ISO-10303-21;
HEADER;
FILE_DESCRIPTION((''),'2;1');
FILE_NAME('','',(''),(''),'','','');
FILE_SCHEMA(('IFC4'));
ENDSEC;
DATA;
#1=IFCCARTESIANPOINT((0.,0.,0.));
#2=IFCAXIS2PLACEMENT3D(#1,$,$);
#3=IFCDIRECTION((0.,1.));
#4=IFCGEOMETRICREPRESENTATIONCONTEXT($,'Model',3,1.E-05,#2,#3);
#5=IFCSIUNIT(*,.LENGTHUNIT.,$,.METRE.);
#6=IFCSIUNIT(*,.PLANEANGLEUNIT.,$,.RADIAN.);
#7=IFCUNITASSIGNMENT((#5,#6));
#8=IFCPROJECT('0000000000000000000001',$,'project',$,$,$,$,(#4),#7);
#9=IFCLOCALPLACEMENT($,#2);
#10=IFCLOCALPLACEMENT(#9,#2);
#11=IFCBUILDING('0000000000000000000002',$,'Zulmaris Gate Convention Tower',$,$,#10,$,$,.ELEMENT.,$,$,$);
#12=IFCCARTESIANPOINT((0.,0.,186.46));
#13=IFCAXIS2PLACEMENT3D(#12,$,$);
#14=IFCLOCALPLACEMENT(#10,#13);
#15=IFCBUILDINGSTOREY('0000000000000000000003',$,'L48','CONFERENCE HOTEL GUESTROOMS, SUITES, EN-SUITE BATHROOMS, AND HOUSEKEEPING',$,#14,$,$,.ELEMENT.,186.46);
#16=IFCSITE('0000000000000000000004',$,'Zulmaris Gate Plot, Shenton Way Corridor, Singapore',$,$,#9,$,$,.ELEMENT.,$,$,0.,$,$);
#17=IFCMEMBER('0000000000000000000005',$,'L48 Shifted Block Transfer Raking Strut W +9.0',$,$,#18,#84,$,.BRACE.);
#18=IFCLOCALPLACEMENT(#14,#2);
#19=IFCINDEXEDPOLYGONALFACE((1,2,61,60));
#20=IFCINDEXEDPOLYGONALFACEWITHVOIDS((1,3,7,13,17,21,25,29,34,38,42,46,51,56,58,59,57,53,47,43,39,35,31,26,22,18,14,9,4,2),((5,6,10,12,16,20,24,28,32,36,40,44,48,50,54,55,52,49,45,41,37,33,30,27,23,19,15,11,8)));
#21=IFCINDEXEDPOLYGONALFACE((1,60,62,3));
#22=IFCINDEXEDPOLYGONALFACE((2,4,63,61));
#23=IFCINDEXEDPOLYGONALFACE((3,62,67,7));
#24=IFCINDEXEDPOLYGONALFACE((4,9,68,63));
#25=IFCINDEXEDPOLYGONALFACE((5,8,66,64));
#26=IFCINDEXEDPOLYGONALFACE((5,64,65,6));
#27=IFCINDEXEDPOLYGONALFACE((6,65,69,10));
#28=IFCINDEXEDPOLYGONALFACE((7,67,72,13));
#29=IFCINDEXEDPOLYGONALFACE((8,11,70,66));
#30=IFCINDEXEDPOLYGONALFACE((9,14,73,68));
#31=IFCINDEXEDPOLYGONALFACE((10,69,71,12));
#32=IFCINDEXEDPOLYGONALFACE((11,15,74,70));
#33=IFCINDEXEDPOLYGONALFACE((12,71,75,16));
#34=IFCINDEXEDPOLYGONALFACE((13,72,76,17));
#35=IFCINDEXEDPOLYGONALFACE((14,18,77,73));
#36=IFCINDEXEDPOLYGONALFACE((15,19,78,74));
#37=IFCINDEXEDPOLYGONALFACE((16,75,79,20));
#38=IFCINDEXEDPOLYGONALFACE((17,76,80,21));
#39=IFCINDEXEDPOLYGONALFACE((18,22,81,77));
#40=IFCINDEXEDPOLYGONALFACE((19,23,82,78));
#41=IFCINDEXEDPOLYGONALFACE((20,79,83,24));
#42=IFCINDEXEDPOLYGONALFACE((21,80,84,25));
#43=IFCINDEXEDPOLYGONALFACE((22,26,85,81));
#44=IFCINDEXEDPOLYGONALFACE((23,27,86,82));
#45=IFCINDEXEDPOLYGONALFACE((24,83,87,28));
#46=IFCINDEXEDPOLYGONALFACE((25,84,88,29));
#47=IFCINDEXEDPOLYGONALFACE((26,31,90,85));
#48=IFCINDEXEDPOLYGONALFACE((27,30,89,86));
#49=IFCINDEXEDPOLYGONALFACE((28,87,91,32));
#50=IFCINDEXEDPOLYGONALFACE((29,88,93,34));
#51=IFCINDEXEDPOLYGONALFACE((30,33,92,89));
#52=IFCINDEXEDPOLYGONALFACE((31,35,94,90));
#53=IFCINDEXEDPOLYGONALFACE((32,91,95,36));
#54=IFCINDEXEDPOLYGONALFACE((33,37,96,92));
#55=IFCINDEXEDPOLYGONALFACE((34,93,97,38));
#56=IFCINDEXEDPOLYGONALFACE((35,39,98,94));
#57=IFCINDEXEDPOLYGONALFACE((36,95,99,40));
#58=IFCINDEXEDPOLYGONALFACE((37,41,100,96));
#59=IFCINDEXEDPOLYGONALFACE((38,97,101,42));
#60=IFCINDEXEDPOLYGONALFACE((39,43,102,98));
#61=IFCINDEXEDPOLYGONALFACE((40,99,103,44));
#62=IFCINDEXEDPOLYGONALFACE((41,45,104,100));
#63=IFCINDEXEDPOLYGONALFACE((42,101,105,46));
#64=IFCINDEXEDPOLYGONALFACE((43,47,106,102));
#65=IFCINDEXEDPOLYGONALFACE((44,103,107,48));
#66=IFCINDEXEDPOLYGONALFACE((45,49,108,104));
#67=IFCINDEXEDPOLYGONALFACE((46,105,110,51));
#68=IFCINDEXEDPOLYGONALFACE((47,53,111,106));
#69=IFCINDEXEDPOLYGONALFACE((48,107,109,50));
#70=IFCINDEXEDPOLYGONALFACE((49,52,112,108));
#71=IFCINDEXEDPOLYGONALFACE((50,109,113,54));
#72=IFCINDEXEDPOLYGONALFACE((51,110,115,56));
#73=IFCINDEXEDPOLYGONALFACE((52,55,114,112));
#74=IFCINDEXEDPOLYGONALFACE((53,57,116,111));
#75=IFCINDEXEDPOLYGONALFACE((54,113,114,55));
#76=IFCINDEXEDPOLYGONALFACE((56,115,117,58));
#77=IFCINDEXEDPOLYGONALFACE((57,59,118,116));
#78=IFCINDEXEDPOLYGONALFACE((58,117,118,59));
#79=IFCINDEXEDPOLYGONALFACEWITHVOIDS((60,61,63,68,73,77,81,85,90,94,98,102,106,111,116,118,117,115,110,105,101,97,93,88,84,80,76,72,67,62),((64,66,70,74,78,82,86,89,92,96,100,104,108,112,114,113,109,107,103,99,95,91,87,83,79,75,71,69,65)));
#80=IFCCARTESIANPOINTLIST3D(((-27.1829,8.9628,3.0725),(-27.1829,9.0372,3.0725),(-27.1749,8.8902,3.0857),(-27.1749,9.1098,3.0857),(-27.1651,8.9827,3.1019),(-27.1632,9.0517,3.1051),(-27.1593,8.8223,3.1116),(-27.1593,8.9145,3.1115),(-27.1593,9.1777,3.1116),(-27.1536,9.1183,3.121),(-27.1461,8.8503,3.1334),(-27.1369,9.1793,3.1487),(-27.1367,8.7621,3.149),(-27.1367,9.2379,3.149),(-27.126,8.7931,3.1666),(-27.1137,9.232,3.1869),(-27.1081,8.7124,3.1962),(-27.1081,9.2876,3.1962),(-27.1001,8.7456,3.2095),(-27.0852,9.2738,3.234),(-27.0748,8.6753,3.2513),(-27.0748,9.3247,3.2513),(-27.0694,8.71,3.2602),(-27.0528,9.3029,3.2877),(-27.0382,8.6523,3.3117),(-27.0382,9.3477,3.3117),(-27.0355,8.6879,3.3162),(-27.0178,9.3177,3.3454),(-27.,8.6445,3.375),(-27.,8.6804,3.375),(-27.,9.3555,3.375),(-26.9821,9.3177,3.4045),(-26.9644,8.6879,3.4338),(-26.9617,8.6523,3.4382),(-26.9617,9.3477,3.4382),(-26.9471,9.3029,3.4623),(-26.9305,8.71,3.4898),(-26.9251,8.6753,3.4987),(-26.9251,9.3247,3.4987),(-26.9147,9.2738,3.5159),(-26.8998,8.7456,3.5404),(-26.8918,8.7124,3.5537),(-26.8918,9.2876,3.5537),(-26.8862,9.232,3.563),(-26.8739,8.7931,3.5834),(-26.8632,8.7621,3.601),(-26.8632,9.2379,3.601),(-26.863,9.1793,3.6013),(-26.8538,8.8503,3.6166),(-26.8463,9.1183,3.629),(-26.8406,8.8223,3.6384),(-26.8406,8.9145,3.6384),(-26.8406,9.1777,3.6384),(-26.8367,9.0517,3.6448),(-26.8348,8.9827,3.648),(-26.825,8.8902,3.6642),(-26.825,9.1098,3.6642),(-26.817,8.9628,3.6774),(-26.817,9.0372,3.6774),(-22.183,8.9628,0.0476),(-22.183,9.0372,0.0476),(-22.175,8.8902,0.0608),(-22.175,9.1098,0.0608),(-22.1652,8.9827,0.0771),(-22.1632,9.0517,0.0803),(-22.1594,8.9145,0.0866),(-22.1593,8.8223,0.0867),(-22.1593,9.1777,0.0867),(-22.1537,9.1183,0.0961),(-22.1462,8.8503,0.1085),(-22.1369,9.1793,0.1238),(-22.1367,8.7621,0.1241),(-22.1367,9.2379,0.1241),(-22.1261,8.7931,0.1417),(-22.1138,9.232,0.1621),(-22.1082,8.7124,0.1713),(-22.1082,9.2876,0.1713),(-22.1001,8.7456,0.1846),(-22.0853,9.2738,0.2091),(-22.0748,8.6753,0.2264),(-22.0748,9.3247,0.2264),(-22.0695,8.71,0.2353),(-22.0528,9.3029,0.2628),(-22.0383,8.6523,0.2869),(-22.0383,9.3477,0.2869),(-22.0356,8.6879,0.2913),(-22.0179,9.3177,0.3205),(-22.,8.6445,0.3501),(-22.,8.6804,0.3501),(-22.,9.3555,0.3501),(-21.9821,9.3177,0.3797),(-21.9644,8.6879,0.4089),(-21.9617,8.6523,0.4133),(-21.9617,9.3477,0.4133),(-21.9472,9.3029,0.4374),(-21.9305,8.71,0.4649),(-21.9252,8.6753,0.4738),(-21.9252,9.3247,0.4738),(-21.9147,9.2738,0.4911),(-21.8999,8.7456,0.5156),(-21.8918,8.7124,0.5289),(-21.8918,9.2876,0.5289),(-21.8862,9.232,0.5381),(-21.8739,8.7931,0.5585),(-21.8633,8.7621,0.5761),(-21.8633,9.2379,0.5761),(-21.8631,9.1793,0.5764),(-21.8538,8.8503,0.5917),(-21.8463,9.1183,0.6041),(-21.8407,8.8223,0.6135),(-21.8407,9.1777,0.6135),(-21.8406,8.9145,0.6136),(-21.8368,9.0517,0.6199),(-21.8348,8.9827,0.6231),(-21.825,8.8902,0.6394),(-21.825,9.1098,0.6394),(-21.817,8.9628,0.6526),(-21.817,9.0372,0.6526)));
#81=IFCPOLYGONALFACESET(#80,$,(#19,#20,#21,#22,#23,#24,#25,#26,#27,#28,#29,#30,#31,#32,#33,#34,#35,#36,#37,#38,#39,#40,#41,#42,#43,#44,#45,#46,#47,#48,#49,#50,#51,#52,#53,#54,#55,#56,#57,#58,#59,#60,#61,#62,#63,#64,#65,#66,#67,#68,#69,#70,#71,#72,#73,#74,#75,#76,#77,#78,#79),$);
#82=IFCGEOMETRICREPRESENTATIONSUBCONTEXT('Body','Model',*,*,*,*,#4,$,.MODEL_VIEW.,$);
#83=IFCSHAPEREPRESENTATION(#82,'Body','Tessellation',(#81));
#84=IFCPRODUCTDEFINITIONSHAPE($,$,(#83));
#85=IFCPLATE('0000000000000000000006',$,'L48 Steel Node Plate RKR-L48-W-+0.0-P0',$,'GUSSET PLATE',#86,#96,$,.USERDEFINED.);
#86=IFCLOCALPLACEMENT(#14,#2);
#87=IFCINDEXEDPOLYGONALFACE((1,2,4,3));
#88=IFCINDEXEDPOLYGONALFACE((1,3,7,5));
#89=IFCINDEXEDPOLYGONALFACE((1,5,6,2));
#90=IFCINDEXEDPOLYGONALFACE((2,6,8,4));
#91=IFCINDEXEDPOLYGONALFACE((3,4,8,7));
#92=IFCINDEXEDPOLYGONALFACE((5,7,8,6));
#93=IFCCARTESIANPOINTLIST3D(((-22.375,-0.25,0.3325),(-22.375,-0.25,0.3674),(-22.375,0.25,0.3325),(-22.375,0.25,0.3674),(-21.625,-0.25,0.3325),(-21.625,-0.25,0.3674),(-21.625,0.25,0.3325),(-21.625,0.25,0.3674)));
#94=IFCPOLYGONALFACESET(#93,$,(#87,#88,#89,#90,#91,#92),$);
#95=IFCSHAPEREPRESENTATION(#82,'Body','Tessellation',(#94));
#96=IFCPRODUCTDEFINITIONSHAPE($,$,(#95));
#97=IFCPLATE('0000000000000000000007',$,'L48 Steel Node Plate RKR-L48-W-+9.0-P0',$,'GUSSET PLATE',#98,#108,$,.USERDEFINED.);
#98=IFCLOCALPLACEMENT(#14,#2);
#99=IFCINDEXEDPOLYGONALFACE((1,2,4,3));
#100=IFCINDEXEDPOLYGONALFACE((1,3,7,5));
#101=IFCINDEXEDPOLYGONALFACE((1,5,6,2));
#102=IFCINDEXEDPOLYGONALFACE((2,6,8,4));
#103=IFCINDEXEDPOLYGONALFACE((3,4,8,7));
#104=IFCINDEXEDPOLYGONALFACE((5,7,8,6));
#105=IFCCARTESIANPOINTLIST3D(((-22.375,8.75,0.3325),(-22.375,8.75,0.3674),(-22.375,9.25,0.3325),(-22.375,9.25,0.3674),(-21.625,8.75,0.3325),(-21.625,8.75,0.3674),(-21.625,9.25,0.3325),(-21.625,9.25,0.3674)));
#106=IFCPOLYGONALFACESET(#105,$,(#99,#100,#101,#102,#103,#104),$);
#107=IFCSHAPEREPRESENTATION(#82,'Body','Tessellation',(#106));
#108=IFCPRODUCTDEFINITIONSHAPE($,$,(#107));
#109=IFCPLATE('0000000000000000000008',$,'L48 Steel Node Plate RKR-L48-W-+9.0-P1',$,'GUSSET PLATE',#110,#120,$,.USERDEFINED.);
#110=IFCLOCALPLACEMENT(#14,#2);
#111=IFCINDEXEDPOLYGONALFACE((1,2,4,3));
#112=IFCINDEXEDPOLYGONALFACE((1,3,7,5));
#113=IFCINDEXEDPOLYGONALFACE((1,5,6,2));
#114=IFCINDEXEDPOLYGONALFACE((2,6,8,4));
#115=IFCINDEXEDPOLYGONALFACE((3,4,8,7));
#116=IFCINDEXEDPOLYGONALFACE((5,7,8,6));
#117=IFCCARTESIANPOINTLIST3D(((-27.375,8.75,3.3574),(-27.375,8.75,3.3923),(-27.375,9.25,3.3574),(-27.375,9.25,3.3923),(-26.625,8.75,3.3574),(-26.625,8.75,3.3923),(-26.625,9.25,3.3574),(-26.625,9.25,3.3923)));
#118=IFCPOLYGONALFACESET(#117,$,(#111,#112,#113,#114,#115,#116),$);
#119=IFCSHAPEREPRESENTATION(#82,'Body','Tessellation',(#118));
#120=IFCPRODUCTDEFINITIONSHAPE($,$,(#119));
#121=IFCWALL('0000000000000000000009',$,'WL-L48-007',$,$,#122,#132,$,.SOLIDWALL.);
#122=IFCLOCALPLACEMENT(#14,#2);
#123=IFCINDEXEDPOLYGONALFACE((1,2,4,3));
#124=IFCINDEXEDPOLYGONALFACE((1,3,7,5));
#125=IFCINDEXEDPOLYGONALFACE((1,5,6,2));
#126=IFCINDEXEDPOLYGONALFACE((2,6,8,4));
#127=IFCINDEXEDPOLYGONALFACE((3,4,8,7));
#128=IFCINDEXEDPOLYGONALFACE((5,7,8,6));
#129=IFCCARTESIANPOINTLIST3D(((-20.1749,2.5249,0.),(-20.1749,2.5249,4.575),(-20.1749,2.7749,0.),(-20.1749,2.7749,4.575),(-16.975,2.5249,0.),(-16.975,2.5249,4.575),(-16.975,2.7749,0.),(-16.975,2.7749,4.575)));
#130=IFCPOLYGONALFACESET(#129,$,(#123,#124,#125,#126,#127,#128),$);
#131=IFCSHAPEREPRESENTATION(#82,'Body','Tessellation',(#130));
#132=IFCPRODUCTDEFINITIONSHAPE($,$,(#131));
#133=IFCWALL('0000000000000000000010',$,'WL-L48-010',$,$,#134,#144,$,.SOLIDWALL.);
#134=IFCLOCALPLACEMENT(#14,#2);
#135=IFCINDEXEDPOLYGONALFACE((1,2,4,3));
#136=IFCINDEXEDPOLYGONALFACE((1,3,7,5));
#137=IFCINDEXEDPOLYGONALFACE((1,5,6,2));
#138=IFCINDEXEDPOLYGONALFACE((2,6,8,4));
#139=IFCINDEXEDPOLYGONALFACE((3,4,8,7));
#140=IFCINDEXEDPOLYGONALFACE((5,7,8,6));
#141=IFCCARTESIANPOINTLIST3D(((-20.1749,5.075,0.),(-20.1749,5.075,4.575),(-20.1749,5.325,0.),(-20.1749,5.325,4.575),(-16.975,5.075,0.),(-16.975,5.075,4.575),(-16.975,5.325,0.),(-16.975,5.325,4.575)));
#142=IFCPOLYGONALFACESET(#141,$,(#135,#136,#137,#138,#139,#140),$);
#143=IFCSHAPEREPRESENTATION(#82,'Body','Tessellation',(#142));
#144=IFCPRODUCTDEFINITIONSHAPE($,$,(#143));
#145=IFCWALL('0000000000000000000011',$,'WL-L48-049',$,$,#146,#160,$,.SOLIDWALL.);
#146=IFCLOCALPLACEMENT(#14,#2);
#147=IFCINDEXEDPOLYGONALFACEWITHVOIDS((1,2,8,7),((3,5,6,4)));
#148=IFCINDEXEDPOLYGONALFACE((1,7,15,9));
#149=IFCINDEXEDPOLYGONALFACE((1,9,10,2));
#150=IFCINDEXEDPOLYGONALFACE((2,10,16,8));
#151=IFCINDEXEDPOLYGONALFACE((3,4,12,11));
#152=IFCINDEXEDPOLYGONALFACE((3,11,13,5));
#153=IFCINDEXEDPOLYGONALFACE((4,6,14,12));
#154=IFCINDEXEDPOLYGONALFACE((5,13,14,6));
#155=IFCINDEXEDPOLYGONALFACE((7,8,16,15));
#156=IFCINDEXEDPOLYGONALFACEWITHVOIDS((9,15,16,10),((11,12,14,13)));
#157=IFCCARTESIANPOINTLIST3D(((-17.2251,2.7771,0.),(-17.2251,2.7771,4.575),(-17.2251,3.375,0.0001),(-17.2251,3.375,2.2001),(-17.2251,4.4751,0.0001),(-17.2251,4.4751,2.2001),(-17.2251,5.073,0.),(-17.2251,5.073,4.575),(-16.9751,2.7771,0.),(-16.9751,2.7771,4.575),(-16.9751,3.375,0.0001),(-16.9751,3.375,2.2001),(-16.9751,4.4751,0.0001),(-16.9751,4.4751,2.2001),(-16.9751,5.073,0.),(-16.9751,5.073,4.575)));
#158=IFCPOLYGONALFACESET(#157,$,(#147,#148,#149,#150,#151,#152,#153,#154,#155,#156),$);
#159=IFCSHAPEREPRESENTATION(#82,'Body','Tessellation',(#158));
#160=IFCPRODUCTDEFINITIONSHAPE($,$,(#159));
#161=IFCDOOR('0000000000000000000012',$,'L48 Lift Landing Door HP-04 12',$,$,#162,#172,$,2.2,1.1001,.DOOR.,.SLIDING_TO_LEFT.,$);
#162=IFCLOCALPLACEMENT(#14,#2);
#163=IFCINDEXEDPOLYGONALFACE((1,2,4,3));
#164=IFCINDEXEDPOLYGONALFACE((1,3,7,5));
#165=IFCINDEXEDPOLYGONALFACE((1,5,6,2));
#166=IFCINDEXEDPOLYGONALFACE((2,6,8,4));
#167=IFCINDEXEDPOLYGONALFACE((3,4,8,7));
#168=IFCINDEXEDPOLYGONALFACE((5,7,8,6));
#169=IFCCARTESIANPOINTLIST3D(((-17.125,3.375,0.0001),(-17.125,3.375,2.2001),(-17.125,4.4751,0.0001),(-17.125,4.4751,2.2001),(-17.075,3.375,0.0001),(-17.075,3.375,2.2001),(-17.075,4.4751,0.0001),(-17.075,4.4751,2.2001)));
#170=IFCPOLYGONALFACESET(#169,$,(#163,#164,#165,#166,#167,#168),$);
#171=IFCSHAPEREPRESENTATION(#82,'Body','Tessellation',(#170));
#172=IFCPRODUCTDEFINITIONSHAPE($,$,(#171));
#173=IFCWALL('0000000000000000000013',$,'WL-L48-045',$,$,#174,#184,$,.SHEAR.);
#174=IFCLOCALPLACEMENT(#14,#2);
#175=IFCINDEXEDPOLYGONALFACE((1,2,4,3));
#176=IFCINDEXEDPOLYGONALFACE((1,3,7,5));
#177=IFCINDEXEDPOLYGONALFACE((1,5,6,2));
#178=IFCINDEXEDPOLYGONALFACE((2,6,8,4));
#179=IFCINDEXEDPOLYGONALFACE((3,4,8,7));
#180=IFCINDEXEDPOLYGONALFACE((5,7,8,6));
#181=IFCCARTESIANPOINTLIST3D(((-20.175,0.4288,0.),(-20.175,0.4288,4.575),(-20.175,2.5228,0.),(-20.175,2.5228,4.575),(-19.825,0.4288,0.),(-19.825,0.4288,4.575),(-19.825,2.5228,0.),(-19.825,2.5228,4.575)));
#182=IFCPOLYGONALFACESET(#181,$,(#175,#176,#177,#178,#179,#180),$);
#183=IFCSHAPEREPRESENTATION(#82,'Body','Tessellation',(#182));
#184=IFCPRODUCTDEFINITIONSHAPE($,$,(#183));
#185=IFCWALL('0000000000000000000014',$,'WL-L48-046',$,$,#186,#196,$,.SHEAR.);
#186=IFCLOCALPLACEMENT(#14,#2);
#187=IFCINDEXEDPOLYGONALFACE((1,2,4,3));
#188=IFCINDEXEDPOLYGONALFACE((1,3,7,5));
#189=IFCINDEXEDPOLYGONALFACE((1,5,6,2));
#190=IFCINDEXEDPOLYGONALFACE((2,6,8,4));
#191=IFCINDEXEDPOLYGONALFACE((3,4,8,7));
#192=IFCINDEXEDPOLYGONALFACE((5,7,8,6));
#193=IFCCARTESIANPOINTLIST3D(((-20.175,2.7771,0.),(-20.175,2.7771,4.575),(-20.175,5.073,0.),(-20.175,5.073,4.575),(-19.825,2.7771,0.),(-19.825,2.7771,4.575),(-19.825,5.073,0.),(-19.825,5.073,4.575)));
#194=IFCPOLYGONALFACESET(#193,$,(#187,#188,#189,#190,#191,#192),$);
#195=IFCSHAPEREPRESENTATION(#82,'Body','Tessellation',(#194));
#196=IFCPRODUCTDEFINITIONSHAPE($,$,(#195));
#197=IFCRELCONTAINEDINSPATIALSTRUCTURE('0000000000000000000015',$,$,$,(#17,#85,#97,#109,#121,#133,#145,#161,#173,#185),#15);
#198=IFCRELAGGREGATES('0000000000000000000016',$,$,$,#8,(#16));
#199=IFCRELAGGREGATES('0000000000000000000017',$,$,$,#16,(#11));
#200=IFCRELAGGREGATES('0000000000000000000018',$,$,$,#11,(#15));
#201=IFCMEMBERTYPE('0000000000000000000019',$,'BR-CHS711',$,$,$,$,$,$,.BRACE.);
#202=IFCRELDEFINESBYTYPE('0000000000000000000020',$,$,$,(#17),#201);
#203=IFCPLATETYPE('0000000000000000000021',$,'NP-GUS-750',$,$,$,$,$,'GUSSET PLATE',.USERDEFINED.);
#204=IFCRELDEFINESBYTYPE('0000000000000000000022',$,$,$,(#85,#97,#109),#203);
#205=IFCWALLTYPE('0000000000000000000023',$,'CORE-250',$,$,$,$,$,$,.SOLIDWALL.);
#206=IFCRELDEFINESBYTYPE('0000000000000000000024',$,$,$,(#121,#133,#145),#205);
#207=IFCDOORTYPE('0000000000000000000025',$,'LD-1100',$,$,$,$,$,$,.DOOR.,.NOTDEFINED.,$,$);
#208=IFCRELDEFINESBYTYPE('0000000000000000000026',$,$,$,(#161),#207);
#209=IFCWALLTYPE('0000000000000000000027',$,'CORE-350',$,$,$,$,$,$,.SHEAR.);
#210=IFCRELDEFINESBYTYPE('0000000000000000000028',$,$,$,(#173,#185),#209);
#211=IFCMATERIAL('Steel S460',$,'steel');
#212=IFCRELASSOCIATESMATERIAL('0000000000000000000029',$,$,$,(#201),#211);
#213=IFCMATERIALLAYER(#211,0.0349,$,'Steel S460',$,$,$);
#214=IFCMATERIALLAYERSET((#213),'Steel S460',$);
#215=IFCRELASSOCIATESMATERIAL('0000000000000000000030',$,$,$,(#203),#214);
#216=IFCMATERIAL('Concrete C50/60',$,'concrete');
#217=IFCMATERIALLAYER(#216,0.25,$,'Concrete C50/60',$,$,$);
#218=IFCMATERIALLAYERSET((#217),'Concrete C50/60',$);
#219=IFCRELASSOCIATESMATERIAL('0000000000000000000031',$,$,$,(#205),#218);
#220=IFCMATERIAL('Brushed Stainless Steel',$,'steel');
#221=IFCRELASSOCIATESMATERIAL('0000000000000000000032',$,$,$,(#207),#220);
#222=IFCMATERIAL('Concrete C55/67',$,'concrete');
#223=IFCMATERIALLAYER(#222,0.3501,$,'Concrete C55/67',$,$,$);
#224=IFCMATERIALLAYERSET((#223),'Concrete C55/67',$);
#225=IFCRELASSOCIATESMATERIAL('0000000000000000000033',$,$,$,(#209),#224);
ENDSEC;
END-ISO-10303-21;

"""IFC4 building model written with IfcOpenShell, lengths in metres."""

from ifc_helpers import new_model, si_unit, direction, frame, frame_2d, origin, origin_2d, place, context, subcontext, project, spatial, rectangle, hollow_circle, extrude, material, layer, layer_set, material_profile, profile_set, type_object, element, fill, save


model = new_model("IFC4")

# Units and contexts
model_context = context("Model", 3, precision=1e-05, world=origin(), true_north=direction((0.0, 1.0)))
body_context = subcontext(model_context, "Body", "Model", "MODEL_VIEW")
ifc_project = project(units=[si_unit("LENGTHUNIT", "METRE"), si_unit("PLANEANGLEUNIT", "RADIAN")], contexts=[model_context])

# Site, building, storey
site_placement = place(None, origin())
site = spatial("IfcSite", under=ifc_project, at=site_placement, Name="Zulmaris Gate Plot, Shenton Way Corridor, Singapore", CompositionType="ELEMENT", RefElevation=0.0)
building_placement = place(site_placement, origin())
building = spatial("IfcBuilding", under=site, at=building_placement, Name="Zulmaris Gate Convention Tower", CompositionType="ELEMENT")
storey_placement = place(building_placement, frame((0.0, 0.0, 186.46)))
storey = spatial("IfcBuildingStorey", under=building, at=storey_placement, Name="L48", Description="CONFERENCE HOTEL GUESTROOMS, SUITES, EN-SUITE BATHROOMS, AND HOUSEKEEPING", CompositionType="ELEMENT", Elevation=186.46)

# Shared definitions
ifc_material_1 = material(Name="Concrete C50/60", Category="concrete")

# Member
ifc_material_2 = material(Name="Steel S460", Category="steel")
ifc_material_profile_1 = material_profile(ifc_material_2, hollow_circle(Radius=0.3555, WallThickness=0.0359, at=origin_2d()), Name="CHS 711x36")
ifc_profile_set_1 = profile_set([ifc_material_profile_1], Name="Steel S460")
member_type = type_object("IfcMemberType", Name="BR-CHS711", PredefinedType="BRACE", material=ifc_profile_set_1)
for number, where, z_axis, x_axis, name in (
    (1, (-22.0, 9.0, 0.3501), (-0.855607, 0.0, 0.517626), (0.0, -1.0, 0.0), "L48 Shifted Block Transfer Raking Strut W +9.0"),
):
    element("IfcMember", number, at=place(storey_placement, frame(where, z_axis=z_axis, x_axis=x_axis)), inside=storey, type_object=member_type, Name=name, PredefinedType="BRACE", context=body_context, shape_type="SweptSolid", body=[
        extrude(hollow_circle(Radius=0.3555, WallThickness=0.0359, at=origin_2d()), origin(), (0.0, 0.0, 1.0), 5.8438),
    ])

# Plates
ifc_layer_1 = layer(ifc_material_2, 0.0349, Name="Steel S460")
ifc_layer_set_1 = layer_set([ifc_layer_1], Name="Steel S460")
plate_type = type_object("IfcPlateType", Name="NP-GUS-750", ElementType="GUSSET PLATE", PredefinedType="USERDEFINED", material=ifc_layer_set_1)
for number, where, z_axis, x_axis, name in (
    (2, (-22.0, 0.0, 0.3325), (0.0, 0.0, 1.0), (1.0, 0.0, 0.0), "L48 Steel Node Plate RKR-L48-W-+0.0-P0"),
    (3, (-22.0, 9.0, 0.3325), (0.0, 0.0, 1.0), (1.0, 0.0, 0.0), "L48 Steel Node Plate RKR-L48-W-+9.0-P0"),
    (4, (-27.0, 9.0, 3.3574), (0.0, 0.0, 1.0), (1.0, 0.0, 0.0), "L48 Steel Node Plate RKR-L48-W-+9.0-P1"),
):
    element("IfcPlate", number, at=place(storey_placement, frame(where, z_axis=z_axis, x_axis=x_axis)), inside=storey, type_object=plate_type, Name=name, ObjectType="GUSSET PLATE", PredefinedType="USERDEFINED", context=body_context, shape_type="SweptSolid", body=[
        extrude(rectangle(XDim=0.75, YDim=0.5, at=origin_2d()), origin(), (0.0, 0.0, 1.0), 0.0349),
    ])

# Walls
ifc_layer_2 = layer(ifc_material_1, 0.25, Name="Concrete C50/60")
ifc_layer_set_2 = layer_set([ifc_layer_2], Name="Concrete C50/60")
wall_type_1 = type_object("IfcWallType", Name="CORE-250", PredefinedType="SOLIDWALL", material=ifc_layer_set_2)
for number, where, z_axis, x_axis, name in (
    (5, (-20.175, 2.6499, 0.0), (0.0, 0.0, 1.0), (1.0, 0.0, 0.0), "WL-L48-007"),
    (6, (-20.175, 5.2, 0.0), (0.0, 0.0, 1.0), (1.0, 0.0, 0.0), "WL-L48-010"),
):
    element("IfcWall", number, at=place(storey_placement, frame(where, z_axis=z_axis, x_axis=x_axis)), inside=storey, type_object=wall_type_1, Name=name, PredefinedType="SOLIDWALL", context=body_context, shape_type="SweptSolid", body=[
        extrude(rectangle(XDim=3.2, YDim=0.25, at=frame_2d((1.6001, 0.0))), origin(), (0.0, 0.0, 1.0), 4.575),
    ])

# Wall, opening, door
wall_1_placement = place(storey_placement, frame((-17.1001, 2.7771, 0.0), z_axis=(0.0, 0.0, 1.0), x_axis=(0.0, 1.0, 0.0)))
wall_1 = element("IfcWall", 7, at=wall_1_placement, inside=storey, type_object=wall_type_1, Name="WL-L48-049", PredefinedType="SOLIDWALL", context=body_context, shape_type="SweptSolid", body=[
    extrude(rectangle(XDim=2.2959, YDim=0.25, at=frame_2d((1.1479, 0.0))), origin(), (0.0, 0.0, 1.0), 4.575),
])
opening_1_placement = place(wall_1_placement, frame((0.5979, 0.0, 0.0)))
opening_1 = element("IfcOpeningElement", 8, at=opening_1_placement, cuts=wall_1, PredefinedType="OPENING", context=body_context, shape_type="SweptSolid", body=[
    extrude(rectangle(XDim=1.1001, YDim=2.2, at=frame_2d((0.55, 1.1001))), frame((0.0, 0.135, 0.0), z_axis=(0.0, -1.0, 0.0), x_axis=(1.0, 0.0, 0.0)), (0.0, 0.0, 1.0), 0.27),
])
ifc_material_3 = material(Name="Brushed Stainless Steel", Category="steel")
door_type_1 = type_object("IfcDoorType", Name="LD-1100", OperationType="NOTDEFINED", PredefinedType="DOOR", material=ifc_material_3)
door_1_placement = place(opening_1_placement, origin())
door_1 = element("IfcDoor", 9, at=door_1_placement, inside=storey, type_object=door_type_1, Name="L48 Lift Landing Door HP-04 12", OperationType="SLIDING_TO_LEFT", OverallHeight=2.2, OverallWidth=1.1001, PredefinedType="DOOR", context=body_context, shape_type="SweptSolid", body=[
    extrude(rectangle(XDim=1.1001, YDim=2.2, at=frame_2d((0.55, 1.1001))), frame((0.0, 0.0249, 0.0), z_axis=(0.0, -1.0, 0.0), x_axis=(1.0, 0.0, 0.0)), (0.0, 0.0, 1.0), 0.05),
])
fill(opening_1, door_1)

# Walls
ifc_material_4 = material(Name="Concrete C55/67", Category="concrete")
ifc_layer_3 = layer(ifc_material_4, 0.3501, Name="Concrete C55/67")
ifc_layer_set_3 = layer_set([ifc_layer_3], Name="Concrete C55/67")
wall_type_2 = type_object("IfcWallType", Name="CORE-350", PredefinedType="SHEAR", material=ifc_layer_set_3)
wall_2_placement = place(storey_placement, frame((-20.0, 0.429, 0.0), z_axis=(0.0, 0.0, 1.0), x_axis=(0.0, 1.0, 0.0)))
element("IfcWall", 10, at=wall_2_placement, inside=storey, type_object=wall_type_2, Name="WL-L48-045", PredefinedType="SHEAR", context=body_context, shape_type="SweptSolid", body=[
    extrude(rectangle(XDim=2.094, YDim=0.3501, at=frame_2d((1.0469, 0.0))), origin(), (0.0, 0.0, 1.0), 4.575),
])
wall_3_placement = place(storey_placement, frame((-20.0, 2.7771, 0.0), z_axis=(0.0, 0.0, 1.0), x_axis=(0.0, 1.0, 0.0)))
element("IfcWall", 11, at=wall_3_placement, inside=storey, type_object=wall_type_2, Name="WL-L48-046", PredefinedType="SHEAR", context=body_context, shape_type="SweptSolid", body=[
    extrude(rectangle(XDim=2.2959, YDim=0.3501, at=frame_2d((1.1479, 0.0))), origin(), (0.0, 0.0, 1.0), 4.575),
])

save(model, "model.ifc")
